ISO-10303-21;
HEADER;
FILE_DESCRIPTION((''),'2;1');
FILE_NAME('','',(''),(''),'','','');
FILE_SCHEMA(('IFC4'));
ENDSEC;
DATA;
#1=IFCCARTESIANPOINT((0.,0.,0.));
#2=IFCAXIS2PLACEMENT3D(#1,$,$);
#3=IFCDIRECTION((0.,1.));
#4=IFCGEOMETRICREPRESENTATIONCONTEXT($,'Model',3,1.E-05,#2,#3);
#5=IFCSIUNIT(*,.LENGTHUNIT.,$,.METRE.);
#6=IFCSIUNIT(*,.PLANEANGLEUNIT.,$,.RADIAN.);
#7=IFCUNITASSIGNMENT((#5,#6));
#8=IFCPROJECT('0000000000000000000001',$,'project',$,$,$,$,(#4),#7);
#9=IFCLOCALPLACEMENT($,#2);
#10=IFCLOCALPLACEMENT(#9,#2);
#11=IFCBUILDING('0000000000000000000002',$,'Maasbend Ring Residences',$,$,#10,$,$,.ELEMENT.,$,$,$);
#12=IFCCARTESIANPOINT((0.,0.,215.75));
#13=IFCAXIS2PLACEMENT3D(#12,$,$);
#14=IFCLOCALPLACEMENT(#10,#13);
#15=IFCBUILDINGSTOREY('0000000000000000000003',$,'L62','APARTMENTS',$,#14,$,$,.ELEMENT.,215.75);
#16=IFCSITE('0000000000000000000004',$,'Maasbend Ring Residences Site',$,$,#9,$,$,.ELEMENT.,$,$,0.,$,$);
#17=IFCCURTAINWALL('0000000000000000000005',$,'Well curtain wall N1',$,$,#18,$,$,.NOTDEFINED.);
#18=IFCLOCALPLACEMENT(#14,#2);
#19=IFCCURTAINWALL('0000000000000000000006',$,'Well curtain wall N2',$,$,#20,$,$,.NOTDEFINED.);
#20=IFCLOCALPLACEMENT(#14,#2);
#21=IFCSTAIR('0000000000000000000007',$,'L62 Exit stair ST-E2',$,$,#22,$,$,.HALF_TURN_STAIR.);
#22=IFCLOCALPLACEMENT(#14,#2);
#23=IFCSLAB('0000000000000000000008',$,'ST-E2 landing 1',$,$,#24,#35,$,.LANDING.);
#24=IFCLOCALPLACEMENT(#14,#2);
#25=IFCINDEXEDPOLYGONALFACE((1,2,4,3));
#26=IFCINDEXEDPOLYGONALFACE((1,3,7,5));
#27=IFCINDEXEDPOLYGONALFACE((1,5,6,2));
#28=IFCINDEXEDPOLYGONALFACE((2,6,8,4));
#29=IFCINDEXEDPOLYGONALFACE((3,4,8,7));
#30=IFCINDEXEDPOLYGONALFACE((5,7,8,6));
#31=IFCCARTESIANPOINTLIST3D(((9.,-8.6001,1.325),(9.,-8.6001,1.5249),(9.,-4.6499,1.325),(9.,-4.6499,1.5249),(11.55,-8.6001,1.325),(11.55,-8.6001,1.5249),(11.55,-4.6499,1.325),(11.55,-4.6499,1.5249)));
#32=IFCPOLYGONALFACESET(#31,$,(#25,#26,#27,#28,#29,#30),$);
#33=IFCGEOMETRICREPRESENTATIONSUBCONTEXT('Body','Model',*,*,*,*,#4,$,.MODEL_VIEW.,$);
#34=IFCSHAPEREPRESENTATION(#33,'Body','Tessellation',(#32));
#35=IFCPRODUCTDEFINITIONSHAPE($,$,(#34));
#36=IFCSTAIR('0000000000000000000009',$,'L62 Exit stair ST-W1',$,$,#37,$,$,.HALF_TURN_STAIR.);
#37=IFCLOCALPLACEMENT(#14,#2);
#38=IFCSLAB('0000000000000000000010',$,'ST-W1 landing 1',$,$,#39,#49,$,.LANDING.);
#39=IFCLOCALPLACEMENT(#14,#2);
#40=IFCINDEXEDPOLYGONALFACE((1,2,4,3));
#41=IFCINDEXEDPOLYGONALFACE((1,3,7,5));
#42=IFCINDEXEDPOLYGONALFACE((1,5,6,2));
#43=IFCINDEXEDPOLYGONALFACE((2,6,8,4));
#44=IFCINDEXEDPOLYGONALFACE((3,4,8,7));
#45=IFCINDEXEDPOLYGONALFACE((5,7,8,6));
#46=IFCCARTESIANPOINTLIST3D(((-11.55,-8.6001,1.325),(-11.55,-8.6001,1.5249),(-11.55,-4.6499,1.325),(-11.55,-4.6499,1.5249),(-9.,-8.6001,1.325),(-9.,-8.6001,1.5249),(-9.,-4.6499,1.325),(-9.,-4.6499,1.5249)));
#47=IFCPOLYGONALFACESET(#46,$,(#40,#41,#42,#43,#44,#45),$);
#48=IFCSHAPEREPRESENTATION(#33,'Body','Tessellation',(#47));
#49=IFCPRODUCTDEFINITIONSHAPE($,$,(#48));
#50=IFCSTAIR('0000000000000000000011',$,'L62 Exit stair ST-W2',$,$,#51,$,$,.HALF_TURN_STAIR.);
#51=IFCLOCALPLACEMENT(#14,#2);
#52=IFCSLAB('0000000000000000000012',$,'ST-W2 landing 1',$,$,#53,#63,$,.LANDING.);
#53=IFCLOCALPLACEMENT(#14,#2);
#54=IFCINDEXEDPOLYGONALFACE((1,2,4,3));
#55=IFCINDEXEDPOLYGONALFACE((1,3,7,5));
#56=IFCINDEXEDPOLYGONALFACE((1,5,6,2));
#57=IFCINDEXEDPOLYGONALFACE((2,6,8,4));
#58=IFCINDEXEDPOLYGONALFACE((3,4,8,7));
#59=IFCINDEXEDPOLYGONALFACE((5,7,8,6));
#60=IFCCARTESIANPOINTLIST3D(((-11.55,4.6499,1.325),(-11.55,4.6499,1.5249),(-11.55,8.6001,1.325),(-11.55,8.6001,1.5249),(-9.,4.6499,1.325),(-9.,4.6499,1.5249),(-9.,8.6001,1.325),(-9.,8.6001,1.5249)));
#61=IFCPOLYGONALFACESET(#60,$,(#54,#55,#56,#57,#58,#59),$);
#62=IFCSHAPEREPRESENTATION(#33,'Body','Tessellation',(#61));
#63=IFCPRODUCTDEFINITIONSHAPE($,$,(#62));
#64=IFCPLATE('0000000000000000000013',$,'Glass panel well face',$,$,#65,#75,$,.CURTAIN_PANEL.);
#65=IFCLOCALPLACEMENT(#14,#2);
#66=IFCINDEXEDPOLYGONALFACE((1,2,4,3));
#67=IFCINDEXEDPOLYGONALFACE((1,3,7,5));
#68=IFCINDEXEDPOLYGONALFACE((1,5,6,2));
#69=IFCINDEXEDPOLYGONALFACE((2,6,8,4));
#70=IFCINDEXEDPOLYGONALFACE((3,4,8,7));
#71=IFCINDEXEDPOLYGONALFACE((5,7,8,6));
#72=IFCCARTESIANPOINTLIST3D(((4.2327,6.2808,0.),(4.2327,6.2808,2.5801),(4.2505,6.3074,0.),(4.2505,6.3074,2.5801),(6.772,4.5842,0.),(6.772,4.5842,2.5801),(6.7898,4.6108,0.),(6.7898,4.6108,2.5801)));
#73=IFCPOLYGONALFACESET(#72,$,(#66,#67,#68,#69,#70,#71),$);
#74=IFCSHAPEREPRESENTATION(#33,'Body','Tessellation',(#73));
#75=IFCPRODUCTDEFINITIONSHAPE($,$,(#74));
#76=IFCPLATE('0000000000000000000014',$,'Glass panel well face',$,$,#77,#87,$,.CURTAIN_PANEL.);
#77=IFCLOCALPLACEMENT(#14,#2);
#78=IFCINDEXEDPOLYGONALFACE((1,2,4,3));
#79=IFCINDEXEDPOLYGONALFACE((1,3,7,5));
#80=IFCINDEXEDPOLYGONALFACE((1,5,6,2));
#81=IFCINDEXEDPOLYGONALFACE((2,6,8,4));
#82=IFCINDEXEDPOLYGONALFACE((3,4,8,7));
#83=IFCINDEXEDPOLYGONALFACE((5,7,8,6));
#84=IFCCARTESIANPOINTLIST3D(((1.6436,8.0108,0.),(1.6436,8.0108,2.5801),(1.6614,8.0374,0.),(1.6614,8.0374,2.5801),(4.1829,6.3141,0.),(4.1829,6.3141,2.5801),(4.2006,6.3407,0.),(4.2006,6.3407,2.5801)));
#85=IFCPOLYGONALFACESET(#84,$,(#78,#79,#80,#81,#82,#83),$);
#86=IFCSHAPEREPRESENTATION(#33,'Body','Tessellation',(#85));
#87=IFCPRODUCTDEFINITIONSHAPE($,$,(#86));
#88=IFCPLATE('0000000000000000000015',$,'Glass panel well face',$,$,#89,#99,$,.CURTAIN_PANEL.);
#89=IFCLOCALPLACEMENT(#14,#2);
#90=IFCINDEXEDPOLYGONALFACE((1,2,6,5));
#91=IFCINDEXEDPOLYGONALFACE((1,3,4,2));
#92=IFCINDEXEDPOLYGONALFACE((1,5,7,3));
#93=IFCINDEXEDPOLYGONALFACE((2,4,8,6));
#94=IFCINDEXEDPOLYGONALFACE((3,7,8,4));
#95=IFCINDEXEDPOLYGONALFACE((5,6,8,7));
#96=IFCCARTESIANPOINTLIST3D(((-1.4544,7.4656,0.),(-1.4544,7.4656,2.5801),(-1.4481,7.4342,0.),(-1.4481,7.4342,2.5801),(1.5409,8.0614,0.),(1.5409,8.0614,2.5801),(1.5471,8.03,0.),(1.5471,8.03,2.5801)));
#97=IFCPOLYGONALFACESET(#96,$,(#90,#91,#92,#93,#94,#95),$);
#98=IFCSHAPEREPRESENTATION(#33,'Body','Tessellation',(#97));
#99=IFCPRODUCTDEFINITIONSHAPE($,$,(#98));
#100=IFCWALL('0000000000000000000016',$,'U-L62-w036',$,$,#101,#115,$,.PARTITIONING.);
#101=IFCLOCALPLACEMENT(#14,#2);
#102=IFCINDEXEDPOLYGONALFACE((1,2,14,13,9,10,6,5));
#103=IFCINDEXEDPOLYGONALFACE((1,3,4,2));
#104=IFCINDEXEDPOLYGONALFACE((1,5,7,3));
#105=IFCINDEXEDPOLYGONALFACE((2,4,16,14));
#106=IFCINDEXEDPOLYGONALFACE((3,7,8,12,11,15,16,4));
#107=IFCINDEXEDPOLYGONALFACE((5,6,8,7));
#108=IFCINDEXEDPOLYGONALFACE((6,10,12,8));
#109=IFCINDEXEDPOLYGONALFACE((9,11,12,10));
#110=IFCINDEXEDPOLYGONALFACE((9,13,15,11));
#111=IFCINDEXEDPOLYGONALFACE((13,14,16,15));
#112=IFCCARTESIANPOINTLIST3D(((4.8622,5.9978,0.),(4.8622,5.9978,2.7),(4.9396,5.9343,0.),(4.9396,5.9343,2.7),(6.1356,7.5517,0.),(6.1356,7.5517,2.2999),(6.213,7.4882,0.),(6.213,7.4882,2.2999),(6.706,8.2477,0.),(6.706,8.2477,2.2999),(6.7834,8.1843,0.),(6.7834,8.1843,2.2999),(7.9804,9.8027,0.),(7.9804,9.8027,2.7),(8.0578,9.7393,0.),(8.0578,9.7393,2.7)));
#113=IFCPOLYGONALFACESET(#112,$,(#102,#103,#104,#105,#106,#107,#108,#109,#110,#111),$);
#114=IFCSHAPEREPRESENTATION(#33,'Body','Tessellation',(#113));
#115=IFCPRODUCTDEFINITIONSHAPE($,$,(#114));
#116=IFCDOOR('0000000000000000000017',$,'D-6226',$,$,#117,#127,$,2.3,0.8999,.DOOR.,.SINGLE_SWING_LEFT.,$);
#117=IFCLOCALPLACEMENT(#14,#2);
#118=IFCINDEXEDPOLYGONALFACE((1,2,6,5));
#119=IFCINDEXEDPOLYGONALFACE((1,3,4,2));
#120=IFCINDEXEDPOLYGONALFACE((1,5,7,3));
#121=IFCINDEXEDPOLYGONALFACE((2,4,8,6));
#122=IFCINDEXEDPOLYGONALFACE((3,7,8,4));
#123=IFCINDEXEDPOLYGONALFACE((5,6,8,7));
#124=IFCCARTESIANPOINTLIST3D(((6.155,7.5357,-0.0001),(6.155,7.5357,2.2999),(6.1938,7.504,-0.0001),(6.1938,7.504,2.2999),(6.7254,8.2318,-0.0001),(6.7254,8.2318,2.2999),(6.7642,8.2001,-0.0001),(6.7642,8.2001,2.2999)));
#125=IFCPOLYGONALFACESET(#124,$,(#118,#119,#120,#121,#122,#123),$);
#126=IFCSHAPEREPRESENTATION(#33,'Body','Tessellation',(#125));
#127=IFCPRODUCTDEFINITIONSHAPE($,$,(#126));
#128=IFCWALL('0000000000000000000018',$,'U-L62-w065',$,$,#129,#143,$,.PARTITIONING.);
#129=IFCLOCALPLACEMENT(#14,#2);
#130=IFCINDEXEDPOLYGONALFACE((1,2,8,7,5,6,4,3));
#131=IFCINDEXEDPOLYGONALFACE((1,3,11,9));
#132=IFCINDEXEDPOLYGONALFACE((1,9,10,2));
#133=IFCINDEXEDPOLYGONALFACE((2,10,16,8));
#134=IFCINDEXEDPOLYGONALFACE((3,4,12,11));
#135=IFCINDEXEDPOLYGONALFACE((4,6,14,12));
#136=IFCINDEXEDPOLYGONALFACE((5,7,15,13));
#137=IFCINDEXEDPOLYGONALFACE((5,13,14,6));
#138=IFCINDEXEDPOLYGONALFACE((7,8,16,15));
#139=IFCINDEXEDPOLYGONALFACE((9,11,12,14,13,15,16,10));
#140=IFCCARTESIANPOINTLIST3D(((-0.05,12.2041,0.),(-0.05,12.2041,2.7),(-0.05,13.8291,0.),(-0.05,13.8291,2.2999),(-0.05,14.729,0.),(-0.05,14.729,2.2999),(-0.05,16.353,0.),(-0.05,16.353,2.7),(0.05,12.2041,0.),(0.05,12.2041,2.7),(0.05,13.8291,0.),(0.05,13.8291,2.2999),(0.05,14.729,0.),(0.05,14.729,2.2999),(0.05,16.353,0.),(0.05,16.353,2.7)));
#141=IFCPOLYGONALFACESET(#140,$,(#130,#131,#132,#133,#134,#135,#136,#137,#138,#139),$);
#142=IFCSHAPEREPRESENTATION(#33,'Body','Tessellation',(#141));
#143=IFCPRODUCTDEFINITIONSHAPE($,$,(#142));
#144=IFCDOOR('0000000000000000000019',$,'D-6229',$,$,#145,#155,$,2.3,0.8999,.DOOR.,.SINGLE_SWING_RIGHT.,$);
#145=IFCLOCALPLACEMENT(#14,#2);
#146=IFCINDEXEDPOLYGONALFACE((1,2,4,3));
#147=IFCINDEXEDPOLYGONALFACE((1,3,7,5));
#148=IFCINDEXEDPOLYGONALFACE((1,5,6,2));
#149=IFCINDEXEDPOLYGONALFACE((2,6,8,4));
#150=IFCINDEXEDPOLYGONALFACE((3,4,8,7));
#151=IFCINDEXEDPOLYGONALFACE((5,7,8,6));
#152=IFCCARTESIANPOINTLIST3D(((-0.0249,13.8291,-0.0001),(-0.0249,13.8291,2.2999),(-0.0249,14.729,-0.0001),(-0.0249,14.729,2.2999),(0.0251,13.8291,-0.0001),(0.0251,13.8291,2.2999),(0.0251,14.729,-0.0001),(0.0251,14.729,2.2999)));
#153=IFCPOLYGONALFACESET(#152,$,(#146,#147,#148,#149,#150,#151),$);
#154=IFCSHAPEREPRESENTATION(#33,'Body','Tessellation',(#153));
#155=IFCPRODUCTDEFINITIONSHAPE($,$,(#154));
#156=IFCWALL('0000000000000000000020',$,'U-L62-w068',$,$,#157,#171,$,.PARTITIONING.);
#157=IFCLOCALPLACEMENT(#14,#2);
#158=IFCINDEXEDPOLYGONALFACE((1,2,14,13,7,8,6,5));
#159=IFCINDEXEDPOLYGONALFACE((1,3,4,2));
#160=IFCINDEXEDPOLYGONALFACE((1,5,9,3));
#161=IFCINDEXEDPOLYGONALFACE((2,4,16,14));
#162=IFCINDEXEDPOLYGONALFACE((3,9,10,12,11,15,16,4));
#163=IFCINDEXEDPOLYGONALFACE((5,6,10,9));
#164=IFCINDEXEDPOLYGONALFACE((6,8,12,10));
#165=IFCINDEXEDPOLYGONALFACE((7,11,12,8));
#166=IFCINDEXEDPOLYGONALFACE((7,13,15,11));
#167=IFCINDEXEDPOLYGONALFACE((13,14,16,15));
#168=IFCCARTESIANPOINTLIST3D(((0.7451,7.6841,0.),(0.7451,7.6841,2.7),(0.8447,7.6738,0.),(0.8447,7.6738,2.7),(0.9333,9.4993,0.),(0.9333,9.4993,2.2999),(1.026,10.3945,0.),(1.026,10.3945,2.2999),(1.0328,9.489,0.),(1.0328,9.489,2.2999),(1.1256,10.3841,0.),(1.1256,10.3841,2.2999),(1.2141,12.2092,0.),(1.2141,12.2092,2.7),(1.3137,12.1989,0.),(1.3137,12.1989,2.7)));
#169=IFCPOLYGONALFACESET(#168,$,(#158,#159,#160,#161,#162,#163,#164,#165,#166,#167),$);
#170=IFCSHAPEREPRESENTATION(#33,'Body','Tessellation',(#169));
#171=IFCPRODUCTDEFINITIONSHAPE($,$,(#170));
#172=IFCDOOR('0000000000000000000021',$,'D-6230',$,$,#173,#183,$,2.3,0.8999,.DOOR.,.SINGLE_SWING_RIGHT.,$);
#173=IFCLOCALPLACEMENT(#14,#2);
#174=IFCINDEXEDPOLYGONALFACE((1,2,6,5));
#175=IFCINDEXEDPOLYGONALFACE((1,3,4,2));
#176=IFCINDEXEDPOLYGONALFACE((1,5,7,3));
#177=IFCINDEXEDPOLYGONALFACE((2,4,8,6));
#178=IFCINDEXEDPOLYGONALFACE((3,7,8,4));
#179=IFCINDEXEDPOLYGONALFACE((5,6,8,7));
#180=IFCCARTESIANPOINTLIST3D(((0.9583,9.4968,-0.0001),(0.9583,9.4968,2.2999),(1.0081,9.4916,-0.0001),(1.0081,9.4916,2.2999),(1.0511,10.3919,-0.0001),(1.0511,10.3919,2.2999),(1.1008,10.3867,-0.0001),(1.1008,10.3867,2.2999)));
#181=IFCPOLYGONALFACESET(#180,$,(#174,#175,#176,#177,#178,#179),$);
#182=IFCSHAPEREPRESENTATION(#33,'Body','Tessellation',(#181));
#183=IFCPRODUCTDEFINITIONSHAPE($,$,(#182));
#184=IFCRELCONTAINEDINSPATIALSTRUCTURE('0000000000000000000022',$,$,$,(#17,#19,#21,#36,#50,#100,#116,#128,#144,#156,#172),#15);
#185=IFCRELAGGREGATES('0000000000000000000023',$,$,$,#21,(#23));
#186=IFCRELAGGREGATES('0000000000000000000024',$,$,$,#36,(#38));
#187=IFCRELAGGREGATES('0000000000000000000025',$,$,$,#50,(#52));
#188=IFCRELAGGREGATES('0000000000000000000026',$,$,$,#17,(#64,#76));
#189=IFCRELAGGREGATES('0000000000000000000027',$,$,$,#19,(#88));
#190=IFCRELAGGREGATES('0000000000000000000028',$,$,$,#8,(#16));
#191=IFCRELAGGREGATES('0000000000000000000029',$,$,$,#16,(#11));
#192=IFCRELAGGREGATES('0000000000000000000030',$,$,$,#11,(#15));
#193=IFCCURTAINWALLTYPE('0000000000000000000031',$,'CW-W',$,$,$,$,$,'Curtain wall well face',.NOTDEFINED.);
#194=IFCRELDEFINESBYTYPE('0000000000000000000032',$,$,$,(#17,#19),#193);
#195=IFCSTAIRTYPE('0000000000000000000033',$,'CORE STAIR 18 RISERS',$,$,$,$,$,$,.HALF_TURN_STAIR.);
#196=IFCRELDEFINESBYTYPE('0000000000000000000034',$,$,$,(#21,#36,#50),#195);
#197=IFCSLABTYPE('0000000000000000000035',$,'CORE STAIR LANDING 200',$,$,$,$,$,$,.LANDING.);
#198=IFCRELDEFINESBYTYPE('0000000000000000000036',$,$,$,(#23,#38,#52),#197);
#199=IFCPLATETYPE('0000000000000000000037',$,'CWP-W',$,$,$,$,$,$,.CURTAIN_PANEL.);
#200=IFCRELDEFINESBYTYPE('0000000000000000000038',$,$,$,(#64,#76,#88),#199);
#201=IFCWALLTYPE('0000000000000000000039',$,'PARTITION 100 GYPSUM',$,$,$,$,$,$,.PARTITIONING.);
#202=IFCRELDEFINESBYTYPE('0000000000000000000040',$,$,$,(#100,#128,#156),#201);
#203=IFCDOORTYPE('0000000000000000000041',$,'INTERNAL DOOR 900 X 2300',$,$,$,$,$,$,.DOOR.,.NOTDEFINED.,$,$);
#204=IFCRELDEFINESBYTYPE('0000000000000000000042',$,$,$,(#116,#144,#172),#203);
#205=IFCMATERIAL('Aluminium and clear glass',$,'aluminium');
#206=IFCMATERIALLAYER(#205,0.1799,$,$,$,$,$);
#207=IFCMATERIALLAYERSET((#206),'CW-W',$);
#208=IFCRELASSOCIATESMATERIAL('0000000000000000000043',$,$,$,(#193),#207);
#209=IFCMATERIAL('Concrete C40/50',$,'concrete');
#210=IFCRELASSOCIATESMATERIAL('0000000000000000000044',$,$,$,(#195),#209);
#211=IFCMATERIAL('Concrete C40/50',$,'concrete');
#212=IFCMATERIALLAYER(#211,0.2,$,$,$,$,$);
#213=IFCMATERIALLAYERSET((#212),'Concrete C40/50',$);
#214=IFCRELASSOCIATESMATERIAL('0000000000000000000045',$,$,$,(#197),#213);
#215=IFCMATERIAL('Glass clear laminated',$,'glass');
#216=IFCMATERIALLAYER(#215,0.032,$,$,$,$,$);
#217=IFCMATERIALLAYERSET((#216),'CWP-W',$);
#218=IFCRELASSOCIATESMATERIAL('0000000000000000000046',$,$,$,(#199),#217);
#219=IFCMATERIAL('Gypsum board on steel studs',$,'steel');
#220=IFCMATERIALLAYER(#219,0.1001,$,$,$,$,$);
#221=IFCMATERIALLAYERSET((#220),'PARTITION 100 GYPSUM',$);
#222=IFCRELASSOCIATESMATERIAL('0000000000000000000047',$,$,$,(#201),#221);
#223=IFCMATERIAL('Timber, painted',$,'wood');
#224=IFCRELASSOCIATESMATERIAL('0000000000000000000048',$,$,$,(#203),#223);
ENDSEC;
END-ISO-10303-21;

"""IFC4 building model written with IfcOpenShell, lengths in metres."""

from ifc_helpers import new_model, si_unit, direction, frame, frame_2d, origin, origin_2d, place, context, subcontext, project, spatial, polyline, rectangle, outline, extrude, material, layer, layer_set, type_object, element, fill, aggregate, save


model = new_model("IFC4")

# Units and contexts
model_context = context("Model", 3, precision=1e-05, world=origin(), true_north=direction((0.0, 1.0)))
body_context = subcontext(model_context, "Body", "Model", "MODEL_VIEW")
ifc_project = project(units=[si_unit("LENGTHUNIT", "METRE"), si_unit("PLANEANGLEUNIT", "RADIAN")], contexts=[model_context])

# Site, building, storey
site_placement = place(None, origin())
site = spatial("IfcSite", under=ifc_project, at=site_placement, Name="Maasbend Ring Residences Site", CompositionType="ELEMENT", RefElevation=0.0)
building_placement = place(site_placement, origin())
building = spatial("IfcBuilding", under=site, at=building_placement, Name="Maasbend Ring Residences", CompositionType="ELEMENT")
storey_placement = place(building_placement, frame((0.0, 0.0, 215.75)))
storey = spatial("IfcBuildingStorey", under=building, at=storey_placement, Name="L62", Description="APARTMENTS", CompositionType="ELEMENT", Elevation=215.75)

# Curtain wall
ifc_material_1 = material(Name="Aluminium and clear glass", Category="aluminium")
ifc_layer_1 = layer(ifc_material_1, 0.1799)
ifc_layer_set_1 = layer_set([ifc_layer_1], Name="CW-W")
curtain_wall_type = type_object("IfcCurtainWallType", Name="CW-W", ElementType="Curtain wall well face", PredefinedType="NOTDEFINED", material=ifc_layer_set_1)
curtain_wall_1_placement = place(storey_placement, origin())
curtain_wall_1 = element("IfcCurtainWall", 1, at=curtain_wall_1_placement, inside=storey, type_object=curtain_wall_type, Name="Well curtain wall N1", PredefinedType="NOTDEFINED")

# Curtain wall
curtain_wall_2_placement = place(storey_placement, origin())
curtain_wall_2 = element("IfcCurtainWall", 2, at=curtain_wall_2_placement, inside=storey, type_object=curtain_wall_type, Name="Well curtain wall N2", PredefinedType="NOTDEFINED")

# Stairs, slabs
ifc_material_2 = material(Name="Concrete C40/50", Category="concrete")
stair_type = type_object("IfcStairType", Name="CORE STAIR 18 RISERS", PredefinedType="HALF_TURN_STAIR", material=ifc_material_2)
ifc_material_3 = material(Name="Concrete C40/50", Category="concrete")
ifc_layer_2 = layer(ifc_material_3, 0.2)
ifc_layer_set_2 = layer_set([ifc_layer_2], Name="Concrete C40/50")
slab_type = type_object("IfcSlabType", Name="CORE STAIR LANDING 200", PredefinedType="LANDING", material=ifc_layer_set_2)
stair_1_placement = place(storey_placement, origin())
stair_1 = element("IfcStair", 3, at=stair_1_placement, inside=storey, type_object=stair_type, Name="L62 Exit stair ST-E2", PredefinedType="HALF_TURN_STAIR")
slab_1_placement = place(storey_placement, frame((0.0, 0.0, 1.325)))
slab_1 = element("IfcSlab", 4, at=slab_1_placement, type_object=slab_type, Name="ST-E2 landing 1", PredefinedType="LANDING", context=body_context, shape_type="SweptSolid", body=[
    extrude(outline(polyline([(11.55, -4.6499), (9.0, -4.6499), (9.0, -8.6001), (11.55, -8.6001), (11.55, -4.6499)])), origin(), (0.0, 0.0, 1.0), 0.2),
])
aggregate(stair_1, [slab_1])
stair_2_placement = place(storey_placement, origin())
stair_2 = element("IfcStair", 5, at=stair_2_placement, inside=storey, type_object=stair_type, Name="L62 Exit stair ST-W1", PredefinedType="HALF_TURN_STAIR")
slab_2_placement = place(storey_placement, frame((0.0, 0.0, 1.325)))
slab_2 = element("IfcSlab", 6, at=slab_2_placement, type_object=slab_type, Name="ST-W1 landing 1", PredefinedType="LANDING", context=body_context, shape_type="SweptSolid", body=[
    extrude(outline(polyline([(-11.55, -8.6001), (-9.0, -8.6001), (-9.0, -4.6499), (-11.55, -4.6499), (-11.55, -8.6001)])), origin(), (0.0, 0.0, 1.0), 0.2),
])
aggregate(stair_2, [slab_2])
stair_3_placement = place(storey_placement, origin())
stair_3 = element("IfcStair", 7, at=stair_3_placement, inside=storey, type_object=stair_type, Name="L62 Exit stair ST-W2", PredefinedType="HALF_TURN_STAIR")
slab_3_placement = place(storey_placement, frame((0.0, 0.0, 1.325)))
slab_3 = element("IfcSlab", 8, at=slab_3_placement, type_object=slab_type, Name="ST-W2 landing 1", PredefinedType="LANDING", context=body_context, shape_type="SweptSolid", body=[
    extrude(outline(polyline([(-11.55, 4.6499), (-9.0, 4.6499), (-9.0, 8.6001), (-11.55, 8.6001), (-11.55, 4.6499)])), origin(), (0.0, 0.0, 1.0), 0.2),
])
aggregate(stair_3, [slab_3])

# Plates
ifc_material_4 = material(Name="Glass clear laminated", Category="glass")
ifc_layer_3 = layer(ifc_material_4, 0.032)
ifc_layer_set_3 = layer_set([ifc_layer_3], Name="CWP-W")
plate_type = type_object("IfcPlateType", Name="CWP-W", PredefinedType="CURTAIN_PANEL", material=ifc_layer_set_3)
plate_1_placement = place(storey_placement, frame((5.5112, 5.4458, 0.0), z_axis=(0.0, 0.0, 1.0), x_axis=(-0.83147, 0.55557, 0.0)))
plate_1 = element("IfcPlate", 9, at=plate_1_placement, type_object=plate_type, Name="Glass panel well face", PredefinedType="CURTAIN_PANEL", context=body_context, shape_type="SweptSolid", body=[
    extrude(rectangle(XDim=3.054, YDim=0.032, at=origin_2d()), origin(), (0.0, 0.0, 1.0), 2.5801),
])
plate_2_placement = place(storey_placement, frame((2.9221, 7.1758, 0.0), z_axis=(0.0, 0.0, 1.0), x_axis=(-0.83147, 0.55557, 0.0)))
plate_2 = element("IfcPlate", 10, at=plate_2_placement, type_object=plate_type, Name="Glass panel well face", PredefinedType="CURTAIN_PANEL", context=body_context, shape_type="SweptSolid", body=[
    extrude(rectangle(XDim=3.054, YDim=0.032, at=origin_2d()), origin(), (0.0, 0.0, 1.0), 2.5801),
])
aggregate(curtain_wall_1, [plate_1, plate_2])
plate_3_placement = place(storey_placement, frame((0.0464, 7.7478, 0.0), z_axis=(0.0, 0.0, 1.0), x_axis=(-0.980785, -0.19509, 0.0)))
plate_3 = element("IfcPlate", 11, at=plate_3_placement, type_object=plate_type, Name="Glass panel well face", PredefinedType="CURTAIN_PANEL", context=body_context, shape_type="SweptSolid", body=[
    extrude(rectangle(XDim=3.054, YDim=0.032, at=origin_2d()), origin(), (0.0, 0.0, 1.0), 2.5801),
])
aggregate(curtain_wall_2, [plate_3])

# Walls, openings, doors
ifc_material_5 = material(Name="Gypsum board on steel studs", Category="steel")
ifc_layer_4 = layer(ifc_material_5, 0.1001)
ifc_layer_set_4 = layer_set([ifc_layer_4], Name="PARTITION 100 GYPSUM")
wall_type_1 = type_object("IfcWallType", Name="PARTITION 100 GYPSUM", PredefinedType="PARTITIONING", material=ifc_layer_set_4)
wall_1_placement = place(storey_placement, frame((4.9009, 5.9661, 0.0), z_axis=(0.0, 0.0, 1.0), x_axis=(0.633851, 0.773455, 0.0)))
wall_1 = element("IfcWall", 12, at=wall_1_placement, inside=storey, type_object=wall_type_1, Name="U-L62-w036", PredefinedType="PARTITIONING", context=body_context, shape_type="SweptSolid", body=[
    extrude(rectangle(XDim=4.9194, YDim=0.1001, at=frame_2d((2.4597, 0.0))), origin(), (0.0, 0.0, 1.0), 2.7),
])
opening_1_placement = place(wall_1_placement, frame((2.009, 0.0, 0.0)))
opening_1 = element("IfcOpeningElement", 13, at=opening_1_placement, cuts=wall_1, PredefinedType="OPENING", context=body_context, shape_type="SweptSolid", body=[
    extrude(rectangle(XDim=0.8999, YDim=2.3, at=frame_2d((0.45, 1.1499))), frame((0.0, 0.0601, 0.0), z_axis=(0.0, -1.0, 0.0), x_axis=(1.0, 0.0, 0.0)), (0.0, 0.0, 1.0), 0.1201),
])
ifc_material_6 = material(Name="Timber, painted", Category="wood")
door_type = type_object("IfcDoorType", Name="INTERNAL DOOR 900 X 2300", OperationType="NOTDEFINED", PredefinedType="DOOR", material=ifc_material_6)
door_1_placement = place(opening_1_placement, origin())
door_1 = element("IfcDoor", 14, at=door_1_placement, inside=storey, type_object=door_type, Name="D-6226", OperationType="SINGLE_SWING_LEFT", OverallHeight=2.3, OverallWidth=0.8999, PredefinedType="DOOR", context=body_context, shape_type="SweptSolid", body=[
    extrude(rectangle(XDim=0.8999, YDim=2.3, at=frame_2d((0.45, 1.1499))), frame((0.0, 0.0249, 0.0), z_axis=(0.0, -1.0, 0.0), x_axis=(1.0, 0.0, 0.0)), (0.0, 0.0, 1.0), 0.05),
])
fill(opening_1, door_1)
wall_2_placement = place(storey_placement, frame((0.0, 12.2041, 0.0), z_axis=(0.0, 0.0, 1.0), x_axis=(0.0, 1.0, 0.0)))
wall_2 = element("IfcWall", 15, at=wall_2_placement, inside=storey, type_object=wall_type_1, Name="U-L62-w065", PredefinedType="PARTITIONING", context=body_context, shape_type="SweptSolid", body=[
    extrude(rectangle(XDim=4.1489, YDim=0.1001, at=frame_2d((2.0745, 0.0))), origin(), (0.0, 0.0, 1.0), 2.7),
])
opening_2_placement = place(wall_2_placement, frame((1.625, 0.0, 0.0)))
opening_2 = element("IfcOpeningElement", 16, at=opening_2_placement, cuts=wall_2, PredefinedType="OPENING", context=body_context, shape_type="SweptSolid", body=[
    extrude(rectangle(XDim=0.8999, YDim=2.3, at=frame_2d((0.45, 1.1499))), frame((0.0, 0.0601, 0.0), z_axis=(0.0, -1.0, 0.0), x_axis=(1.0, 0.0, 0.0)), (0.0, 0.0, 1.0), 0.1201),
])
door_2_placement = place(opening_2_placement, origin())
door_2 = element("IfcDoor", 17, at=door_2_placement, inside=storey, type_object=door_type, Name="D-6229", OperationType="SINGLE_SWING_RIGHT", OverallHeight=2.3, OverallWidth=0.8999, PredefinedType="DOOR", context=body_context, shape_type="SweptSolid", body=[
    extrude(rectangle(XDim=0.8999, YDim=2.3, at=frame_2d((0.45, 1.1499))), frame((0.0, 0.0249, 0.0), z_axis=(0.0, -1.0, 0.0), x_axis=(1.0, 0.0, 0.0)), (0.0, 0.0, 1.0), 0.05),
])
fill(opening_2, door_2)
wall_3_placement = place(storey_placement, frame((0.7949, 7.679, 0.0), z_axis=(0.0, 0.0, 1.0), x_axis=(0.10309, 0.994672, 0.0)))
wall_3 = element("IfcWall", 18, at=wall_3_placement, inside=storey, type_object=wall_type_1, Name="U-L62-w068", PredefinedType="PARTITIONING", context=body_context, shape_type="SweptSolid", body=[
    extrude(rectangle(XDim=4.5493, YDim=0.1001, at=frame_2d((2.2747, 0.0))), origin(), (0.0, 0.0, 1.0), 2.7),
])
opening_3_placement = place(wall_3_placement, frame((1.825, 0.0, 0.0)))
opening_3 = element("IfcOpeningElement", 19, at=opening_3_placement, cuts=wall_3, PredefinedType="OPENING", context=body_context, shape_type="SweptSolid", body=[
    extrude(rectangle(XDim=0.8999, YDim=2.3, at=frame_2d((0.45, 1.1499))), frame((0.0, 0.0601, 0.0), z_axis=(0.0, -1.0, 0.0), x_axis=(1.0, 0.0, 0.0)), (0.0, 0.0, 1.0), 0.1201),
])
door_3_placement = place(opening_3_placement, origin())
door_3 = element("IfcDoor", 20, at=door_3_placement, inside=storey, type_object=door_type, Name="D-6230", OperationType="SINGLE_SWING_RIGHT", OverallHeight=2.3, OverallWidth=0.8999, PredefinedType="DOOR", context=body_context, shape_type="SweptSolid", body=[
    extrude(rectangle(XDim=0.8999, YDim=2.3, at=frame_2d((0.45, 1.1499))), frame((0.0, 0.0249, 0.0), z_axis=(0.0, -1.0, 0.0), x_axis=(1.0, 0.0, 0.0)), (0.0, 0.0, 1.0), 0.05),
])
fill(opening_3, door_3)

save(model, "model.ifc")
